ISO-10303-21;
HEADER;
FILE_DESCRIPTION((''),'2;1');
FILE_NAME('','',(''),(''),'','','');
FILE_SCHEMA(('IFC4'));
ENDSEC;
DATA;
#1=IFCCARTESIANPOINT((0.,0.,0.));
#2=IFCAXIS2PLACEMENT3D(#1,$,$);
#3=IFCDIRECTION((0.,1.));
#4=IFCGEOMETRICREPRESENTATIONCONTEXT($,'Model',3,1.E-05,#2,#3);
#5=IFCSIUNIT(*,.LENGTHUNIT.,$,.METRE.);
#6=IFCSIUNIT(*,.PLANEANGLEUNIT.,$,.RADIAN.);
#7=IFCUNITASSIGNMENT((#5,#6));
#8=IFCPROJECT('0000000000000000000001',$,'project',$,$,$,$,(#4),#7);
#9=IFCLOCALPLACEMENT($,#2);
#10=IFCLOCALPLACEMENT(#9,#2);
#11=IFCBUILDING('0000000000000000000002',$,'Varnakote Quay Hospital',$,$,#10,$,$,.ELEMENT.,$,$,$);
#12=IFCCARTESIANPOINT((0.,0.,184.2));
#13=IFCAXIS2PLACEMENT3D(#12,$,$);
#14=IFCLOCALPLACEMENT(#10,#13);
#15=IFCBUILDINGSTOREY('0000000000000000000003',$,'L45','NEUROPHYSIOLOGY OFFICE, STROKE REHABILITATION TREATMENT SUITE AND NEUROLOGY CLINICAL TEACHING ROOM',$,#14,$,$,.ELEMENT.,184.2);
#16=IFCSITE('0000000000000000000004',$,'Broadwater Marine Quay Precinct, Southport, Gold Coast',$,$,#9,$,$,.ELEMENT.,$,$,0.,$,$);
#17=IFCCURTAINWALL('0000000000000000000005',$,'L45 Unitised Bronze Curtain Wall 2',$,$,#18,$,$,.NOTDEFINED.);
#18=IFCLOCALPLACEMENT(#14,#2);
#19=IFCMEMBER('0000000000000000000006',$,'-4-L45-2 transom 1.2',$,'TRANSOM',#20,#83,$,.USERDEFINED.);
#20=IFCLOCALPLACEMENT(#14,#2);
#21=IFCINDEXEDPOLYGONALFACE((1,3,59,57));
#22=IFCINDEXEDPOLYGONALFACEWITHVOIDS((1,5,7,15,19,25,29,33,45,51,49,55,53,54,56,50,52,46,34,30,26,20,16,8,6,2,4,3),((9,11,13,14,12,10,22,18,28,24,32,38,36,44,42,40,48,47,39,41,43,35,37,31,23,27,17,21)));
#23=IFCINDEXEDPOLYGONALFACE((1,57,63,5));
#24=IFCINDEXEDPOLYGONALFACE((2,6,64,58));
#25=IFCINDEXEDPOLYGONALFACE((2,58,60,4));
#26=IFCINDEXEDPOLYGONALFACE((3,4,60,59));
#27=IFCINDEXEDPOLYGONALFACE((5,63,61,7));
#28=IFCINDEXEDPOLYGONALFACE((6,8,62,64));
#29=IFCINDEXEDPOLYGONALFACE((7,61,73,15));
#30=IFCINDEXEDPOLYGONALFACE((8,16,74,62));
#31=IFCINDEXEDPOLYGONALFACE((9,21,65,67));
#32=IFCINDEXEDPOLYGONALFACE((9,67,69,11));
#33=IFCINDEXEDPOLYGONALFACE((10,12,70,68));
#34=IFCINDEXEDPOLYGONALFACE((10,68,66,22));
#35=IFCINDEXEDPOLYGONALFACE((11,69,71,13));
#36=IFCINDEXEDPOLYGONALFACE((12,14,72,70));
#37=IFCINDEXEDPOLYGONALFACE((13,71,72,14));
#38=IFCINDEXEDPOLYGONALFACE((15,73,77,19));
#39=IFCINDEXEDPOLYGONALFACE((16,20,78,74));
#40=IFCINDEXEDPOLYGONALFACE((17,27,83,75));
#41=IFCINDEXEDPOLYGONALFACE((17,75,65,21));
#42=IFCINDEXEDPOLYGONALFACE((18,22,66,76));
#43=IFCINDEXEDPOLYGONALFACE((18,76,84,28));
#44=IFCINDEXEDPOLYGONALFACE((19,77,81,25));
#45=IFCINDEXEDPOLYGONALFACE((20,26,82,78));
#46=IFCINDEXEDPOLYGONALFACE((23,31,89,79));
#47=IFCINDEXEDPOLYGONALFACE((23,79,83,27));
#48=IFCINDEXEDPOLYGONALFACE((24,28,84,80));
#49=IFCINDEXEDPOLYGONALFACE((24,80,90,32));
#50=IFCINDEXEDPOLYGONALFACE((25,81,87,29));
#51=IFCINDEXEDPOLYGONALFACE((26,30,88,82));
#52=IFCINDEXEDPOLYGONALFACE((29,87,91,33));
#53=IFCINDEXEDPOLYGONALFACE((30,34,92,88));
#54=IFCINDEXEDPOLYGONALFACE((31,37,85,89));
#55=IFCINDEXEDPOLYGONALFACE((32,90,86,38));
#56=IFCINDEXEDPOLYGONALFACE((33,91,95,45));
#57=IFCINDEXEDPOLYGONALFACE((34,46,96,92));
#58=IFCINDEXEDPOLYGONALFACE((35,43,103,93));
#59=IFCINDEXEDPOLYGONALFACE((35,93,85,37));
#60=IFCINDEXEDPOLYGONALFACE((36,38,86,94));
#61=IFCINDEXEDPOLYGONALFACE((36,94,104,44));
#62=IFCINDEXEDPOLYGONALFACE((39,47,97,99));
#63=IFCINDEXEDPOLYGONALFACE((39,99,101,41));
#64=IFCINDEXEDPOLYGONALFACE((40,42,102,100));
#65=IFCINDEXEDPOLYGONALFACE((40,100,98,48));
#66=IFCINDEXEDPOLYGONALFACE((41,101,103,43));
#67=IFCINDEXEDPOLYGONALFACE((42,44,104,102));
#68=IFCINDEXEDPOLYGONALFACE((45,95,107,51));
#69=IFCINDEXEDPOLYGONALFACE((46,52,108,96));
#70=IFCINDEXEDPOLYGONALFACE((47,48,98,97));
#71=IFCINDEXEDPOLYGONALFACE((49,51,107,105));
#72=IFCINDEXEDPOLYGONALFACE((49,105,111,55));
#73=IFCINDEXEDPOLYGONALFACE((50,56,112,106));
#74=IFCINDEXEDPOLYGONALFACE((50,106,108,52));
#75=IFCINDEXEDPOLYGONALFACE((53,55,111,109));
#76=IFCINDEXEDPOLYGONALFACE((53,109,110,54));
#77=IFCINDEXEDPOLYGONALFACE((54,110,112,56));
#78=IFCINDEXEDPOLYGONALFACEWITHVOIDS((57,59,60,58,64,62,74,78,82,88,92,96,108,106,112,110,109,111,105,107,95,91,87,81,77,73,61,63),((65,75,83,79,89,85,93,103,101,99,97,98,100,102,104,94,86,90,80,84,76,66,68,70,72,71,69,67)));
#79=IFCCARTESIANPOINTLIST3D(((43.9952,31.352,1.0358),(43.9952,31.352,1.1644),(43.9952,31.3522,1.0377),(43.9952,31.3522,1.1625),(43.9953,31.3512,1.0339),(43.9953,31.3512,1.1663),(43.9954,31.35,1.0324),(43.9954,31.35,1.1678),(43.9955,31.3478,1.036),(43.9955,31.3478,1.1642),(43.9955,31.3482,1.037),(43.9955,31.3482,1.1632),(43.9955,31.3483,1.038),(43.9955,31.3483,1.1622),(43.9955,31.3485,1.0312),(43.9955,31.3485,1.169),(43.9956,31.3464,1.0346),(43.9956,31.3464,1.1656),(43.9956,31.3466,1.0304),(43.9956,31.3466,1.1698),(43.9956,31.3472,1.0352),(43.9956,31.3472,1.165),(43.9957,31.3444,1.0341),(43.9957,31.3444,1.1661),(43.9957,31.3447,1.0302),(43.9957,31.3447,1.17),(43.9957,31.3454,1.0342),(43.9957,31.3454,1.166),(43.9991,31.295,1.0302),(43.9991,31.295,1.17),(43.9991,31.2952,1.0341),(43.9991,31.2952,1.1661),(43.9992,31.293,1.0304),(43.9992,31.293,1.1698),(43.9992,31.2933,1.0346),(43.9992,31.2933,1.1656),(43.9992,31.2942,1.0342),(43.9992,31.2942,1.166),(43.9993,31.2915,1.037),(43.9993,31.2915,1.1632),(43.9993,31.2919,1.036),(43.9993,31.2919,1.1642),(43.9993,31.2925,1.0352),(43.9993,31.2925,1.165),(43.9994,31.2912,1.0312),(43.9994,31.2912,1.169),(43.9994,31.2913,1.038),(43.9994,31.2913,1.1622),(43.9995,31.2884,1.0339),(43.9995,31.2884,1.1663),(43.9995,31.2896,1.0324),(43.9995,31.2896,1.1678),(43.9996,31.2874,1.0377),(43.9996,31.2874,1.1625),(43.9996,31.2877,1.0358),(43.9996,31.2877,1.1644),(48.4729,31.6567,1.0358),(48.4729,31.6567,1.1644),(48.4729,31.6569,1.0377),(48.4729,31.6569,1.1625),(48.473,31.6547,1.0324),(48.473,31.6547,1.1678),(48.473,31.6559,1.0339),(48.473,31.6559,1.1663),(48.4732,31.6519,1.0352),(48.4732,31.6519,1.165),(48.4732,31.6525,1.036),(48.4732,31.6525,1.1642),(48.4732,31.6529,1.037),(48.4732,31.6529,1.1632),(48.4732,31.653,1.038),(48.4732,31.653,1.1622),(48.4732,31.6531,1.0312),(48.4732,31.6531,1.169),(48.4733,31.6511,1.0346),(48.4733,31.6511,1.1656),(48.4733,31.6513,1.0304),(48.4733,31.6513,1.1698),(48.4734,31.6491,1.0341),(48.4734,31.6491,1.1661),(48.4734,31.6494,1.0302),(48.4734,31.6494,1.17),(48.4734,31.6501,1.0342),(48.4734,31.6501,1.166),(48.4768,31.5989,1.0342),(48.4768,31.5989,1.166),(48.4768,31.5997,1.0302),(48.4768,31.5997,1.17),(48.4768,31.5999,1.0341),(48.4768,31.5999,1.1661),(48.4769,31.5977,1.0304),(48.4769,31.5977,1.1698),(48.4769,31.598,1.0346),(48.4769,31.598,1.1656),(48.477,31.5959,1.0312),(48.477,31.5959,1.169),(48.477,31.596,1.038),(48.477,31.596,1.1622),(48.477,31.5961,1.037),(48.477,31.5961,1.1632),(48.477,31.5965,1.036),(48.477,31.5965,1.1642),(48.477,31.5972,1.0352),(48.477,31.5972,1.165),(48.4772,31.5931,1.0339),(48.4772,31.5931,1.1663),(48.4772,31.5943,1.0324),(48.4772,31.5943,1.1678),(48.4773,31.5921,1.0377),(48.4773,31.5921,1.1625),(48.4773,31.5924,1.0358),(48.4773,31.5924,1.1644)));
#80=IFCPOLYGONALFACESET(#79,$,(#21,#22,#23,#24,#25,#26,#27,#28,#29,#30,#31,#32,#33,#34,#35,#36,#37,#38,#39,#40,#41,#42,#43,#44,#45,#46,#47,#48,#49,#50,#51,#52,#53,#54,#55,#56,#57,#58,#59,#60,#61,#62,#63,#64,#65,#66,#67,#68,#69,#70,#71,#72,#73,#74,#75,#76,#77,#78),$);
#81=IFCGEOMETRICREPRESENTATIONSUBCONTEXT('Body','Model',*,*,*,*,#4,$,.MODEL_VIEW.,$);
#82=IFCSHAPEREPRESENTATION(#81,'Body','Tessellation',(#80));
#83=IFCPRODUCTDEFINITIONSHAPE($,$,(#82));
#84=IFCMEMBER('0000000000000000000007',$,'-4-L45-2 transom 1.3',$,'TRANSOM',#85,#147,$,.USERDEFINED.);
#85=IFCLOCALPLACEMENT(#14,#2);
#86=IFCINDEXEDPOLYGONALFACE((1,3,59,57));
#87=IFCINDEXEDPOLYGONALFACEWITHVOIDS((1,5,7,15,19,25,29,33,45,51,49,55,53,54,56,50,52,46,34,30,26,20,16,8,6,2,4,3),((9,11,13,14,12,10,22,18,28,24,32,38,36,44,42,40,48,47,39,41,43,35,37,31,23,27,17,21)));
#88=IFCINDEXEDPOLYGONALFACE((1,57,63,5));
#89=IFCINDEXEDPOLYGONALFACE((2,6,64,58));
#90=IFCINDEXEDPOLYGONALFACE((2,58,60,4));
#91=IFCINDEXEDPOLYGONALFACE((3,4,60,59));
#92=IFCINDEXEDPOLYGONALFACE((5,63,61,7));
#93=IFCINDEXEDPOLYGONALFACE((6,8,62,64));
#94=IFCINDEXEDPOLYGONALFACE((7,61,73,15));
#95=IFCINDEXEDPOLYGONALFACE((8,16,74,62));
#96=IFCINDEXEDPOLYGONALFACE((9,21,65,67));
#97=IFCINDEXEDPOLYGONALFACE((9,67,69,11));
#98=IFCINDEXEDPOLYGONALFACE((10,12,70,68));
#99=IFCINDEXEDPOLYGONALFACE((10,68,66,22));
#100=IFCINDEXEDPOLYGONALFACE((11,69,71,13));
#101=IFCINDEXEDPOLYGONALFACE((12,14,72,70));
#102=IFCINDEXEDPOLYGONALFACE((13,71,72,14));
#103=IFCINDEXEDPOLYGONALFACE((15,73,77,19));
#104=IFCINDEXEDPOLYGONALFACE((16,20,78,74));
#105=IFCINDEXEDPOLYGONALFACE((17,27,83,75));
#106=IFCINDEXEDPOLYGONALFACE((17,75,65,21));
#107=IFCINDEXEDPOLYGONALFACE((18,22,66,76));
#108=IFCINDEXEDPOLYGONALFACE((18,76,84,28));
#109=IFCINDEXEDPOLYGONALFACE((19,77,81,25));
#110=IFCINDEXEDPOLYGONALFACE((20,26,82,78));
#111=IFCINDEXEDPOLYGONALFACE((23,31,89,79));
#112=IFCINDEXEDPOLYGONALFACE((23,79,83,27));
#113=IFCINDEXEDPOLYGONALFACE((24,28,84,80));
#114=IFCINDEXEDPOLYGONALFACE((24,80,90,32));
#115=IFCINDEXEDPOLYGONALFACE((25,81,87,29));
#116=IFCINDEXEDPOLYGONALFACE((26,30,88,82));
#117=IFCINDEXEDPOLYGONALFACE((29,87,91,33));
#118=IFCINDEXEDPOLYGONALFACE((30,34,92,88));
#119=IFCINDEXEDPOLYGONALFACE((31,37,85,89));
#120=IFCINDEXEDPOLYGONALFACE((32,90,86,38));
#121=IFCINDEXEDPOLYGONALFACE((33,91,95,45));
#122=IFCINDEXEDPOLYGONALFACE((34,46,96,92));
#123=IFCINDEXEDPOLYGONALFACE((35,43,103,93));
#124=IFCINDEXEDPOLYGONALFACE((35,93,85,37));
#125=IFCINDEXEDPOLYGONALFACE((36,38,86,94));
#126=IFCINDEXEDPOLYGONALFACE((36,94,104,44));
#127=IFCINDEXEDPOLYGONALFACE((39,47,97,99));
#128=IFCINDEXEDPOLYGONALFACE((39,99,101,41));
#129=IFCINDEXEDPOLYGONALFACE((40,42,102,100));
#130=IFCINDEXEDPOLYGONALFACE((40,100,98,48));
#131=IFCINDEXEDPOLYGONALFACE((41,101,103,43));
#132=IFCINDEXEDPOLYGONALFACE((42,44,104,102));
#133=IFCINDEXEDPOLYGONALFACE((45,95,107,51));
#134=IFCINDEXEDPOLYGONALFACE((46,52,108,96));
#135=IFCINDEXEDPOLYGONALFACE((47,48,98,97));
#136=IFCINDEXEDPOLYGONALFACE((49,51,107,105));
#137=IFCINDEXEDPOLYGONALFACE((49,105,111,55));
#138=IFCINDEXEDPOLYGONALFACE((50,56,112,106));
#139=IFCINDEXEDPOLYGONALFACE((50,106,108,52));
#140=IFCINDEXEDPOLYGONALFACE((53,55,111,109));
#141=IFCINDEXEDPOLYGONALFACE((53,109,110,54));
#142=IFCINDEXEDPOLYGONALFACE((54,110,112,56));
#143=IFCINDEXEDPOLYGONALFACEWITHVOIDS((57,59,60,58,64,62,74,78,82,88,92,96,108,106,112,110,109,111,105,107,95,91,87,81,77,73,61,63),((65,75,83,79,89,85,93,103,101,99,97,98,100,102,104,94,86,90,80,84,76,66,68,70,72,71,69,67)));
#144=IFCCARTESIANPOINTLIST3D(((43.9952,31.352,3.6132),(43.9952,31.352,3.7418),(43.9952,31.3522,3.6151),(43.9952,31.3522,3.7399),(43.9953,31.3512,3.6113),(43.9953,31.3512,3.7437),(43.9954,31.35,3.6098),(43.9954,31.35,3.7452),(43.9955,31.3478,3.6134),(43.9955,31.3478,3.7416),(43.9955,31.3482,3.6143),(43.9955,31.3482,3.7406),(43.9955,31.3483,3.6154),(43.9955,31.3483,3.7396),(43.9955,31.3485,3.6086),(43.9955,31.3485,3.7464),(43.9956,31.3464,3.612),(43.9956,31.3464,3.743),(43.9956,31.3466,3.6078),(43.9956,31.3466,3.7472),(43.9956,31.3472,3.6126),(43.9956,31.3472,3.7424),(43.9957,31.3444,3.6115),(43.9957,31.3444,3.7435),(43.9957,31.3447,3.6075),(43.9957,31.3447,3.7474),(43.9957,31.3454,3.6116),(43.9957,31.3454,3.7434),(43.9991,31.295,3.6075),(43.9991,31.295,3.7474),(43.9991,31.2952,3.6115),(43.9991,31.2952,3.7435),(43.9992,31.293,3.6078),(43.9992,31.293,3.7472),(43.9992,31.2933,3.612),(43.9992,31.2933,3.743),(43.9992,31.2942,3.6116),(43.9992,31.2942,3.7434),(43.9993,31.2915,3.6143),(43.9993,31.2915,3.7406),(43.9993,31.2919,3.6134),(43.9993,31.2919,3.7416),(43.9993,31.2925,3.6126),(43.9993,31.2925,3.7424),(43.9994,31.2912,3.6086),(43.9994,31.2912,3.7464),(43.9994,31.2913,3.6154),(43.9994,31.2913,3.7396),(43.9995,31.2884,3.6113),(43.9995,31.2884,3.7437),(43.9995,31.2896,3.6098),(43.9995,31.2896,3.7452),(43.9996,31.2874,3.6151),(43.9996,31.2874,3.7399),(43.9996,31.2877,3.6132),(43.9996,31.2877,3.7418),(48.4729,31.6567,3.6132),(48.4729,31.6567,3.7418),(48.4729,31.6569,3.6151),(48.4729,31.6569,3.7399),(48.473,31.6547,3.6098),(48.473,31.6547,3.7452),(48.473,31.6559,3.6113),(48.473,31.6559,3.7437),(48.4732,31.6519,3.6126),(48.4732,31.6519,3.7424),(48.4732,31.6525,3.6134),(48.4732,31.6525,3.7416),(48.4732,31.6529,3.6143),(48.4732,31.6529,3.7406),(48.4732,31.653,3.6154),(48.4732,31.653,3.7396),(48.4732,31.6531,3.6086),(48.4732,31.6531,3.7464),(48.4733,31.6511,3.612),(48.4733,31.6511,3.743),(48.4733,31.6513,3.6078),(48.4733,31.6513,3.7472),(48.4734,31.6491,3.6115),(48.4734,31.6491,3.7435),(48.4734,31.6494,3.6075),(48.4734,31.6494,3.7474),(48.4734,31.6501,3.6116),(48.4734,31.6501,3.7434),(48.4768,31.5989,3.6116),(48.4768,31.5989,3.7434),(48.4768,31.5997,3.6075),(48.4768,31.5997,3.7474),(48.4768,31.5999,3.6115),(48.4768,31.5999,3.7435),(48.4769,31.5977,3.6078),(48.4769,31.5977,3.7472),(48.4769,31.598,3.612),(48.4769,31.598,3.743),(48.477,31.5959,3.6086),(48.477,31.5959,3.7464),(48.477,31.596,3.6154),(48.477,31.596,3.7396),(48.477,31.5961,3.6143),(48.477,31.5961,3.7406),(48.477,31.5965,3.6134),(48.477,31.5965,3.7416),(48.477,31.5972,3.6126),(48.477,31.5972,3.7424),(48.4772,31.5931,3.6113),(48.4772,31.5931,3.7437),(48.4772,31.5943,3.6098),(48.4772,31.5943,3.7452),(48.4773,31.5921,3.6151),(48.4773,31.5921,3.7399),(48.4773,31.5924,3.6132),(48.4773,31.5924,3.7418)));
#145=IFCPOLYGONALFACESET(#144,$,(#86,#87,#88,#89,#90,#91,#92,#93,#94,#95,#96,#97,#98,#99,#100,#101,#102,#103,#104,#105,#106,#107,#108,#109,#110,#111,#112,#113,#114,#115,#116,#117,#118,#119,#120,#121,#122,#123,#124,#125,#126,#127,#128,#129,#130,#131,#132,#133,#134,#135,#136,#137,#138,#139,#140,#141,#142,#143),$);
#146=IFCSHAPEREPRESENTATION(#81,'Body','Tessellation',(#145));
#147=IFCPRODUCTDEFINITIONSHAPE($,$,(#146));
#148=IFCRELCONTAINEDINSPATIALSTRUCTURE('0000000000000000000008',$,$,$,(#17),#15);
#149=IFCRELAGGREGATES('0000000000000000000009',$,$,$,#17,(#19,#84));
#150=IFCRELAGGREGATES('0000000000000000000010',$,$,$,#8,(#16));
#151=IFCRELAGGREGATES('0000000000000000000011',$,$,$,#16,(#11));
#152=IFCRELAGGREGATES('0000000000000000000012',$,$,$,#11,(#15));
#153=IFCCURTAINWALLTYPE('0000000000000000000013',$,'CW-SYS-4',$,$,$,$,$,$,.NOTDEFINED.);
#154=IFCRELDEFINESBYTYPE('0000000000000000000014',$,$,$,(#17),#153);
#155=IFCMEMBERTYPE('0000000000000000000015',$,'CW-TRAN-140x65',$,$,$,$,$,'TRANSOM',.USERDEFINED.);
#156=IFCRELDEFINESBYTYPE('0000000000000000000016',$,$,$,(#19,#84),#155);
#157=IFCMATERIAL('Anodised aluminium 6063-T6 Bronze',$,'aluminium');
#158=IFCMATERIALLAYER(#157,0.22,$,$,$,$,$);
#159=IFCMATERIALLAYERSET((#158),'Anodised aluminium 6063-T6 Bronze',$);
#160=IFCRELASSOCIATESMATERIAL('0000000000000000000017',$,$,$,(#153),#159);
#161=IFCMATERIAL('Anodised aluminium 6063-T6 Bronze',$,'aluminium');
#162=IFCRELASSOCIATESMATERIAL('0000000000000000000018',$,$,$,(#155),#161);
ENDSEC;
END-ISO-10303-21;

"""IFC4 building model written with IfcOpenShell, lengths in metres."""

from ifc_helpers import new_model, si_unit, direction, frame, origin, origin_2d, place, context, subcontext, project, spatial, hollow_rectangle, extrude, material, layer, layer_set, material_profile, profile_set, type_object, element, aggregate, save


model = new_model("IFC4")

# Units and contexts
model_context = context("Model", 3, precision=1e-05, world=origin(), true_north=direction((0.0, 1.0)))
body_context = subcontext(model_context, "Body", "Model", "MODEL_VIEW")
ifc_project = project(units=[si_unit("LENGTHUNIT", "METRE"), si_unit("PLANEANGLEUNIT", "RADIAN")], contexts=[model_context])

# Site, building, storey
site_placement = place(None, origin())
site = spatial("IfcSite", under=ifc_project, at=site_placement, Name="Broadwater Marine Quay Precinct, Southport, Gold Coast", CompositionType="ELEMENT", RefElevation=0.0)
building_placement = place(site_placement, origin())
building = spatial("IfcBuilding", under=site, at=building_placement, Name="Varnakote Quay Hospital", CompositionType="ELEMENT")
storey_placement = place(building_placement, frame((0.0, 0.0, 184.2)))
storey = spatial("IfcBuildingStorey", under=building, at=storey_placement, Name="L45", Description="NEUROPHYSIOLOGY OFFICE, STROKE REHABILITATION TREATMENT SUITE AND NEUROLOGY CLINICAL TEACHING ROOM", CompositionType="ELEMENT", Elevation=184.2)

# Shared definitions
ifc_material_1 = material(Name="Anodised aluminium 6063-T6 Bronze", Category="aluminium")
ifc_layer_1 = layer(ifc_material_1, 0.22)
ifc_layer_set_1 = layer_set([ifc_layer_1], Name="Anodised aluminium 6063-T6 Bronze")
curtain_wall_type = type_object("IfcCurtainWallType", Name="CW-SYS-4", PredefinedType="NOTDEFINED", material=ifc_layer_set_1)

# Curtain wall, members
curtain_wall_1_placement = place(storey_placement, origin())
curtain_wall_1 = element("IfcCurtainWall", 1, at=curtain_wall_1_placement, inside=storey, type_object=curtain_wall_type, Name="L45 Unitised Bronze Curtain Wall 2", PredefinedType="NOTDEFINED")
ifc_material_2 = material(Name="Anodised aluminium 6063-T6 Bronze", Category="aluminium")
ifc_material_profile_1 = material_profile(ifc_material_2, hollow_rectangle(XDim=0.0649, YDim=0.1399, WallThickness=0.0039, InnerFilletRadius=0.0039, OuterFilletRadius=0.0076, at=origin_2d()), Name="CW-TRAN-140x65")
ifc_profile_set_1 = profile_set([ifc_material_profile_1], Name="Anodised aluminium 6063-T6 Bronze")
member_type_1 = type_object("IfcMemberType", Name="CW-TRAN-140x65", ElementType="TRANSOM", PredefinedType="USERDEFINED", material=ifc_profile_set_1)
member_1_placement = place(storey_placement, frame((48.4751, 31.6245, 1.1001), z_axis=(-0.997693, -0.067887, 0.0), x_axis=(0.067887, -0.997693, 0.0)))
member_1 = element("IfcMember", 2, at=member_1_placement, type_object=member_type_1, Name="-4-L45-2 transom 1.2", ObjectType="TRANSOM", PredefinedType="USERDEFINED", context=body_context, shape_type="SweptSolid", body=[
    extrude(hollow_rectangle(XDim=0.0649, YDim=0.1399, WallThickness=0.0039, InnerFilletRadius=0.0039, OuterFilletRadius=0.0076, at=origin_2d()), origin(), (0.0, 0.0, 1.0), 4.488),
])
member_2_placement = place(storey_placement, frame((48.4751, 31.6245, 3.6775), z_axis=(-0.997693, -0.067887, 0.0), x_axis=(0.067887, -0.997693, 0.0)))
member_2 = element("IfcMember", 3, at=member_2_placement, type_object=member_type_1, Name="-4-L45-2 transom 1.3", ObjectType="TRANSOM", PredefinedType="USERDEFINED", context=body_context, shape_type="SweptSolid", body=[
    extrude(hollow_rectangle(XDim=0.0649, YDim=0.1399, WallThickness=0.0039, InnerFilletRadius=0.0039, OuterFilletRadius=0.0076, at=origin_2d()), origin(), (0.0, 0.0, 1.0), 4.488),
])

aggregate(curtain_wall_1, [member_1, member_2])

save(model, "model.ifc")
